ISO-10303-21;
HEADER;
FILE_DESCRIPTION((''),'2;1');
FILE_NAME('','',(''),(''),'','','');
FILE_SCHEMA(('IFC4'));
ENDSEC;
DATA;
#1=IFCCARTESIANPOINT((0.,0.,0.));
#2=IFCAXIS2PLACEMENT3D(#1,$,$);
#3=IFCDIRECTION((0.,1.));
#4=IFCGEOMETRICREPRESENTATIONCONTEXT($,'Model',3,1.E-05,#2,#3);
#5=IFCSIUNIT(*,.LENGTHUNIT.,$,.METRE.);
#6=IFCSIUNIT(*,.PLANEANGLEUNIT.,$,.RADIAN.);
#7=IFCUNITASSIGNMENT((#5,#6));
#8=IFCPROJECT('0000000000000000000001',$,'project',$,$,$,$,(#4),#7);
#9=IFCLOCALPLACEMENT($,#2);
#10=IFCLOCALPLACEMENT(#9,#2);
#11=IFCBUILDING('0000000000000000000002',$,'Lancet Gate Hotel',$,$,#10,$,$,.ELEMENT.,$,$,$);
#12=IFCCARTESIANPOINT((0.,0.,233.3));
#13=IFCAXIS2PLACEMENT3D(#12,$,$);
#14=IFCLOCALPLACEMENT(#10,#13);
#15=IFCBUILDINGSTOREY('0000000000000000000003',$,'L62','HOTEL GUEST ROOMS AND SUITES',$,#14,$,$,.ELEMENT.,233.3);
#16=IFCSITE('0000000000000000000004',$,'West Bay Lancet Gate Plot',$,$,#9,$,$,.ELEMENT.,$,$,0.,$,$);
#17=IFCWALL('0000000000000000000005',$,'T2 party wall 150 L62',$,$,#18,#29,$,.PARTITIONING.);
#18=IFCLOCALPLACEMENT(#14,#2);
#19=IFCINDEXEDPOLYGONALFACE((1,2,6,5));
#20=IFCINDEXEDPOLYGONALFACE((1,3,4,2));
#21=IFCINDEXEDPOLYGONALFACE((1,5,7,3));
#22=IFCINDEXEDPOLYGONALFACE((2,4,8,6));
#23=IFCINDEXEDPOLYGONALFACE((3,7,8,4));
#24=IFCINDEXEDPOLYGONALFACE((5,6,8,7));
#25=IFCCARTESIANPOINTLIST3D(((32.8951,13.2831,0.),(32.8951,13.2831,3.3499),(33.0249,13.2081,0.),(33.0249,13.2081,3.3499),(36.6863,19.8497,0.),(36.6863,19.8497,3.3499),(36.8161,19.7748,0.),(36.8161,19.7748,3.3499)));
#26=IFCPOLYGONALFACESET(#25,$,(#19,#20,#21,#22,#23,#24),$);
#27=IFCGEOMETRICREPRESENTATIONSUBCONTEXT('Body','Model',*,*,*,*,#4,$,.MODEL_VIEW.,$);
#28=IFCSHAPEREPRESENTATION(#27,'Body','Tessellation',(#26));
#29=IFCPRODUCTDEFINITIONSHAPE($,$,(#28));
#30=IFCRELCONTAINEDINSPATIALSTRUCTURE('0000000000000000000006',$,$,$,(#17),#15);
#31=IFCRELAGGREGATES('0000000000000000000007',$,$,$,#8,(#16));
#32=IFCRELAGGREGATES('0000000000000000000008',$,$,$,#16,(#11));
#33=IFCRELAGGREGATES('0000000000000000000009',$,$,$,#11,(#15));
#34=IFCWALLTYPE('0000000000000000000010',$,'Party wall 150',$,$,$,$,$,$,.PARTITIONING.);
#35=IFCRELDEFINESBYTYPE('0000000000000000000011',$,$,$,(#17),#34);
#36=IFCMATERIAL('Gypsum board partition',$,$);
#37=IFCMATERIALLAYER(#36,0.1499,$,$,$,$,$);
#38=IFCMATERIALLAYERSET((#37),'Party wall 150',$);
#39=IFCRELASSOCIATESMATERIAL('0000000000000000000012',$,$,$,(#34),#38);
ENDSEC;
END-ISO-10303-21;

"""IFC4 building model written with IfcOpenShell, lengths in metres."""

from ifc_helpers import new_model, si_unit, direction, frame, frame_2d, origin, place, context, subcontext, project, spatial, rectangle, extrude, material, layer, layer_set, type_object, element, save


model = new_model("IFC4")

# Units and contexts
model_context = context("Model", 3, precision=1e-05, world=origin(), true_north=direction((0.0, 1.0)))
body_context = subcontext(model_context, "Body", "Model", "MODEL_VIEW")
ifc_project = project(units=[si_unit("LENGTHUNIT", "METRE"), si_unit("PLANEANGLEUNIT", "RADIAN")], contexts=[model_context])

# Site, building, storey
site_placement = place(None, origin())
site = spatial("IfcSite", under=ifc_project, at=site_placement, Name="West Bay Lancet Gate Plot", CompositionType="ELEMENT", RefElevation=0.0)
building_placement = place(site_placement, origin())
building = spatial("IfcBuilding", under=site, at=building_placement, Name="Lancet Gate Hotel", CompositionType="ELEMENT")
storey_placement = place(building_placement, frame((0.0, 0.0, 233.3)))
storey = spatial("IfcBuildingStorey", under=building, at=storey_placement, Name="L62", Description="HOTEL GUEST ROOMS AND SUITES", CompositionType="ELEMENT", Elevation=233.3)

# Wall
ifc_material_1 = material(Name="Gypsum board partition")
ifc_layer_1 = layer(ifc_material_1, 0.1499)
ifc_layer_set_1 = layer_set([ifc_layer_1], Name="Party wall 150")
wall_type = type_object("IfcWallType", Name="Party wall 150", PredefinedType="PARTITIONING", material=ifc_layer_set_1)
wall_placement = place(storey_placement, frame((32.96, 13.2456, 0.0), z_axis=(0.0, 0.0, 1.0), x_axis=(0.5, 0.866025, 0.0)))
element("IfcWall", 1, at=wall_placement, inside=storey, type_object=wall_type, Name="T2 party wall 150 L62", PredefinedType="PARTITIONING", context=body_context, shape_type="SweptSolid", body=[
    extrude(rectangle(XDim=7.5825, YDim=0.1499, at=frame_2d((3.7913, 0.0))), origin(), (0.0, 0.0, 1.0), 3.3499),
])

save(model, "model.ifc")
